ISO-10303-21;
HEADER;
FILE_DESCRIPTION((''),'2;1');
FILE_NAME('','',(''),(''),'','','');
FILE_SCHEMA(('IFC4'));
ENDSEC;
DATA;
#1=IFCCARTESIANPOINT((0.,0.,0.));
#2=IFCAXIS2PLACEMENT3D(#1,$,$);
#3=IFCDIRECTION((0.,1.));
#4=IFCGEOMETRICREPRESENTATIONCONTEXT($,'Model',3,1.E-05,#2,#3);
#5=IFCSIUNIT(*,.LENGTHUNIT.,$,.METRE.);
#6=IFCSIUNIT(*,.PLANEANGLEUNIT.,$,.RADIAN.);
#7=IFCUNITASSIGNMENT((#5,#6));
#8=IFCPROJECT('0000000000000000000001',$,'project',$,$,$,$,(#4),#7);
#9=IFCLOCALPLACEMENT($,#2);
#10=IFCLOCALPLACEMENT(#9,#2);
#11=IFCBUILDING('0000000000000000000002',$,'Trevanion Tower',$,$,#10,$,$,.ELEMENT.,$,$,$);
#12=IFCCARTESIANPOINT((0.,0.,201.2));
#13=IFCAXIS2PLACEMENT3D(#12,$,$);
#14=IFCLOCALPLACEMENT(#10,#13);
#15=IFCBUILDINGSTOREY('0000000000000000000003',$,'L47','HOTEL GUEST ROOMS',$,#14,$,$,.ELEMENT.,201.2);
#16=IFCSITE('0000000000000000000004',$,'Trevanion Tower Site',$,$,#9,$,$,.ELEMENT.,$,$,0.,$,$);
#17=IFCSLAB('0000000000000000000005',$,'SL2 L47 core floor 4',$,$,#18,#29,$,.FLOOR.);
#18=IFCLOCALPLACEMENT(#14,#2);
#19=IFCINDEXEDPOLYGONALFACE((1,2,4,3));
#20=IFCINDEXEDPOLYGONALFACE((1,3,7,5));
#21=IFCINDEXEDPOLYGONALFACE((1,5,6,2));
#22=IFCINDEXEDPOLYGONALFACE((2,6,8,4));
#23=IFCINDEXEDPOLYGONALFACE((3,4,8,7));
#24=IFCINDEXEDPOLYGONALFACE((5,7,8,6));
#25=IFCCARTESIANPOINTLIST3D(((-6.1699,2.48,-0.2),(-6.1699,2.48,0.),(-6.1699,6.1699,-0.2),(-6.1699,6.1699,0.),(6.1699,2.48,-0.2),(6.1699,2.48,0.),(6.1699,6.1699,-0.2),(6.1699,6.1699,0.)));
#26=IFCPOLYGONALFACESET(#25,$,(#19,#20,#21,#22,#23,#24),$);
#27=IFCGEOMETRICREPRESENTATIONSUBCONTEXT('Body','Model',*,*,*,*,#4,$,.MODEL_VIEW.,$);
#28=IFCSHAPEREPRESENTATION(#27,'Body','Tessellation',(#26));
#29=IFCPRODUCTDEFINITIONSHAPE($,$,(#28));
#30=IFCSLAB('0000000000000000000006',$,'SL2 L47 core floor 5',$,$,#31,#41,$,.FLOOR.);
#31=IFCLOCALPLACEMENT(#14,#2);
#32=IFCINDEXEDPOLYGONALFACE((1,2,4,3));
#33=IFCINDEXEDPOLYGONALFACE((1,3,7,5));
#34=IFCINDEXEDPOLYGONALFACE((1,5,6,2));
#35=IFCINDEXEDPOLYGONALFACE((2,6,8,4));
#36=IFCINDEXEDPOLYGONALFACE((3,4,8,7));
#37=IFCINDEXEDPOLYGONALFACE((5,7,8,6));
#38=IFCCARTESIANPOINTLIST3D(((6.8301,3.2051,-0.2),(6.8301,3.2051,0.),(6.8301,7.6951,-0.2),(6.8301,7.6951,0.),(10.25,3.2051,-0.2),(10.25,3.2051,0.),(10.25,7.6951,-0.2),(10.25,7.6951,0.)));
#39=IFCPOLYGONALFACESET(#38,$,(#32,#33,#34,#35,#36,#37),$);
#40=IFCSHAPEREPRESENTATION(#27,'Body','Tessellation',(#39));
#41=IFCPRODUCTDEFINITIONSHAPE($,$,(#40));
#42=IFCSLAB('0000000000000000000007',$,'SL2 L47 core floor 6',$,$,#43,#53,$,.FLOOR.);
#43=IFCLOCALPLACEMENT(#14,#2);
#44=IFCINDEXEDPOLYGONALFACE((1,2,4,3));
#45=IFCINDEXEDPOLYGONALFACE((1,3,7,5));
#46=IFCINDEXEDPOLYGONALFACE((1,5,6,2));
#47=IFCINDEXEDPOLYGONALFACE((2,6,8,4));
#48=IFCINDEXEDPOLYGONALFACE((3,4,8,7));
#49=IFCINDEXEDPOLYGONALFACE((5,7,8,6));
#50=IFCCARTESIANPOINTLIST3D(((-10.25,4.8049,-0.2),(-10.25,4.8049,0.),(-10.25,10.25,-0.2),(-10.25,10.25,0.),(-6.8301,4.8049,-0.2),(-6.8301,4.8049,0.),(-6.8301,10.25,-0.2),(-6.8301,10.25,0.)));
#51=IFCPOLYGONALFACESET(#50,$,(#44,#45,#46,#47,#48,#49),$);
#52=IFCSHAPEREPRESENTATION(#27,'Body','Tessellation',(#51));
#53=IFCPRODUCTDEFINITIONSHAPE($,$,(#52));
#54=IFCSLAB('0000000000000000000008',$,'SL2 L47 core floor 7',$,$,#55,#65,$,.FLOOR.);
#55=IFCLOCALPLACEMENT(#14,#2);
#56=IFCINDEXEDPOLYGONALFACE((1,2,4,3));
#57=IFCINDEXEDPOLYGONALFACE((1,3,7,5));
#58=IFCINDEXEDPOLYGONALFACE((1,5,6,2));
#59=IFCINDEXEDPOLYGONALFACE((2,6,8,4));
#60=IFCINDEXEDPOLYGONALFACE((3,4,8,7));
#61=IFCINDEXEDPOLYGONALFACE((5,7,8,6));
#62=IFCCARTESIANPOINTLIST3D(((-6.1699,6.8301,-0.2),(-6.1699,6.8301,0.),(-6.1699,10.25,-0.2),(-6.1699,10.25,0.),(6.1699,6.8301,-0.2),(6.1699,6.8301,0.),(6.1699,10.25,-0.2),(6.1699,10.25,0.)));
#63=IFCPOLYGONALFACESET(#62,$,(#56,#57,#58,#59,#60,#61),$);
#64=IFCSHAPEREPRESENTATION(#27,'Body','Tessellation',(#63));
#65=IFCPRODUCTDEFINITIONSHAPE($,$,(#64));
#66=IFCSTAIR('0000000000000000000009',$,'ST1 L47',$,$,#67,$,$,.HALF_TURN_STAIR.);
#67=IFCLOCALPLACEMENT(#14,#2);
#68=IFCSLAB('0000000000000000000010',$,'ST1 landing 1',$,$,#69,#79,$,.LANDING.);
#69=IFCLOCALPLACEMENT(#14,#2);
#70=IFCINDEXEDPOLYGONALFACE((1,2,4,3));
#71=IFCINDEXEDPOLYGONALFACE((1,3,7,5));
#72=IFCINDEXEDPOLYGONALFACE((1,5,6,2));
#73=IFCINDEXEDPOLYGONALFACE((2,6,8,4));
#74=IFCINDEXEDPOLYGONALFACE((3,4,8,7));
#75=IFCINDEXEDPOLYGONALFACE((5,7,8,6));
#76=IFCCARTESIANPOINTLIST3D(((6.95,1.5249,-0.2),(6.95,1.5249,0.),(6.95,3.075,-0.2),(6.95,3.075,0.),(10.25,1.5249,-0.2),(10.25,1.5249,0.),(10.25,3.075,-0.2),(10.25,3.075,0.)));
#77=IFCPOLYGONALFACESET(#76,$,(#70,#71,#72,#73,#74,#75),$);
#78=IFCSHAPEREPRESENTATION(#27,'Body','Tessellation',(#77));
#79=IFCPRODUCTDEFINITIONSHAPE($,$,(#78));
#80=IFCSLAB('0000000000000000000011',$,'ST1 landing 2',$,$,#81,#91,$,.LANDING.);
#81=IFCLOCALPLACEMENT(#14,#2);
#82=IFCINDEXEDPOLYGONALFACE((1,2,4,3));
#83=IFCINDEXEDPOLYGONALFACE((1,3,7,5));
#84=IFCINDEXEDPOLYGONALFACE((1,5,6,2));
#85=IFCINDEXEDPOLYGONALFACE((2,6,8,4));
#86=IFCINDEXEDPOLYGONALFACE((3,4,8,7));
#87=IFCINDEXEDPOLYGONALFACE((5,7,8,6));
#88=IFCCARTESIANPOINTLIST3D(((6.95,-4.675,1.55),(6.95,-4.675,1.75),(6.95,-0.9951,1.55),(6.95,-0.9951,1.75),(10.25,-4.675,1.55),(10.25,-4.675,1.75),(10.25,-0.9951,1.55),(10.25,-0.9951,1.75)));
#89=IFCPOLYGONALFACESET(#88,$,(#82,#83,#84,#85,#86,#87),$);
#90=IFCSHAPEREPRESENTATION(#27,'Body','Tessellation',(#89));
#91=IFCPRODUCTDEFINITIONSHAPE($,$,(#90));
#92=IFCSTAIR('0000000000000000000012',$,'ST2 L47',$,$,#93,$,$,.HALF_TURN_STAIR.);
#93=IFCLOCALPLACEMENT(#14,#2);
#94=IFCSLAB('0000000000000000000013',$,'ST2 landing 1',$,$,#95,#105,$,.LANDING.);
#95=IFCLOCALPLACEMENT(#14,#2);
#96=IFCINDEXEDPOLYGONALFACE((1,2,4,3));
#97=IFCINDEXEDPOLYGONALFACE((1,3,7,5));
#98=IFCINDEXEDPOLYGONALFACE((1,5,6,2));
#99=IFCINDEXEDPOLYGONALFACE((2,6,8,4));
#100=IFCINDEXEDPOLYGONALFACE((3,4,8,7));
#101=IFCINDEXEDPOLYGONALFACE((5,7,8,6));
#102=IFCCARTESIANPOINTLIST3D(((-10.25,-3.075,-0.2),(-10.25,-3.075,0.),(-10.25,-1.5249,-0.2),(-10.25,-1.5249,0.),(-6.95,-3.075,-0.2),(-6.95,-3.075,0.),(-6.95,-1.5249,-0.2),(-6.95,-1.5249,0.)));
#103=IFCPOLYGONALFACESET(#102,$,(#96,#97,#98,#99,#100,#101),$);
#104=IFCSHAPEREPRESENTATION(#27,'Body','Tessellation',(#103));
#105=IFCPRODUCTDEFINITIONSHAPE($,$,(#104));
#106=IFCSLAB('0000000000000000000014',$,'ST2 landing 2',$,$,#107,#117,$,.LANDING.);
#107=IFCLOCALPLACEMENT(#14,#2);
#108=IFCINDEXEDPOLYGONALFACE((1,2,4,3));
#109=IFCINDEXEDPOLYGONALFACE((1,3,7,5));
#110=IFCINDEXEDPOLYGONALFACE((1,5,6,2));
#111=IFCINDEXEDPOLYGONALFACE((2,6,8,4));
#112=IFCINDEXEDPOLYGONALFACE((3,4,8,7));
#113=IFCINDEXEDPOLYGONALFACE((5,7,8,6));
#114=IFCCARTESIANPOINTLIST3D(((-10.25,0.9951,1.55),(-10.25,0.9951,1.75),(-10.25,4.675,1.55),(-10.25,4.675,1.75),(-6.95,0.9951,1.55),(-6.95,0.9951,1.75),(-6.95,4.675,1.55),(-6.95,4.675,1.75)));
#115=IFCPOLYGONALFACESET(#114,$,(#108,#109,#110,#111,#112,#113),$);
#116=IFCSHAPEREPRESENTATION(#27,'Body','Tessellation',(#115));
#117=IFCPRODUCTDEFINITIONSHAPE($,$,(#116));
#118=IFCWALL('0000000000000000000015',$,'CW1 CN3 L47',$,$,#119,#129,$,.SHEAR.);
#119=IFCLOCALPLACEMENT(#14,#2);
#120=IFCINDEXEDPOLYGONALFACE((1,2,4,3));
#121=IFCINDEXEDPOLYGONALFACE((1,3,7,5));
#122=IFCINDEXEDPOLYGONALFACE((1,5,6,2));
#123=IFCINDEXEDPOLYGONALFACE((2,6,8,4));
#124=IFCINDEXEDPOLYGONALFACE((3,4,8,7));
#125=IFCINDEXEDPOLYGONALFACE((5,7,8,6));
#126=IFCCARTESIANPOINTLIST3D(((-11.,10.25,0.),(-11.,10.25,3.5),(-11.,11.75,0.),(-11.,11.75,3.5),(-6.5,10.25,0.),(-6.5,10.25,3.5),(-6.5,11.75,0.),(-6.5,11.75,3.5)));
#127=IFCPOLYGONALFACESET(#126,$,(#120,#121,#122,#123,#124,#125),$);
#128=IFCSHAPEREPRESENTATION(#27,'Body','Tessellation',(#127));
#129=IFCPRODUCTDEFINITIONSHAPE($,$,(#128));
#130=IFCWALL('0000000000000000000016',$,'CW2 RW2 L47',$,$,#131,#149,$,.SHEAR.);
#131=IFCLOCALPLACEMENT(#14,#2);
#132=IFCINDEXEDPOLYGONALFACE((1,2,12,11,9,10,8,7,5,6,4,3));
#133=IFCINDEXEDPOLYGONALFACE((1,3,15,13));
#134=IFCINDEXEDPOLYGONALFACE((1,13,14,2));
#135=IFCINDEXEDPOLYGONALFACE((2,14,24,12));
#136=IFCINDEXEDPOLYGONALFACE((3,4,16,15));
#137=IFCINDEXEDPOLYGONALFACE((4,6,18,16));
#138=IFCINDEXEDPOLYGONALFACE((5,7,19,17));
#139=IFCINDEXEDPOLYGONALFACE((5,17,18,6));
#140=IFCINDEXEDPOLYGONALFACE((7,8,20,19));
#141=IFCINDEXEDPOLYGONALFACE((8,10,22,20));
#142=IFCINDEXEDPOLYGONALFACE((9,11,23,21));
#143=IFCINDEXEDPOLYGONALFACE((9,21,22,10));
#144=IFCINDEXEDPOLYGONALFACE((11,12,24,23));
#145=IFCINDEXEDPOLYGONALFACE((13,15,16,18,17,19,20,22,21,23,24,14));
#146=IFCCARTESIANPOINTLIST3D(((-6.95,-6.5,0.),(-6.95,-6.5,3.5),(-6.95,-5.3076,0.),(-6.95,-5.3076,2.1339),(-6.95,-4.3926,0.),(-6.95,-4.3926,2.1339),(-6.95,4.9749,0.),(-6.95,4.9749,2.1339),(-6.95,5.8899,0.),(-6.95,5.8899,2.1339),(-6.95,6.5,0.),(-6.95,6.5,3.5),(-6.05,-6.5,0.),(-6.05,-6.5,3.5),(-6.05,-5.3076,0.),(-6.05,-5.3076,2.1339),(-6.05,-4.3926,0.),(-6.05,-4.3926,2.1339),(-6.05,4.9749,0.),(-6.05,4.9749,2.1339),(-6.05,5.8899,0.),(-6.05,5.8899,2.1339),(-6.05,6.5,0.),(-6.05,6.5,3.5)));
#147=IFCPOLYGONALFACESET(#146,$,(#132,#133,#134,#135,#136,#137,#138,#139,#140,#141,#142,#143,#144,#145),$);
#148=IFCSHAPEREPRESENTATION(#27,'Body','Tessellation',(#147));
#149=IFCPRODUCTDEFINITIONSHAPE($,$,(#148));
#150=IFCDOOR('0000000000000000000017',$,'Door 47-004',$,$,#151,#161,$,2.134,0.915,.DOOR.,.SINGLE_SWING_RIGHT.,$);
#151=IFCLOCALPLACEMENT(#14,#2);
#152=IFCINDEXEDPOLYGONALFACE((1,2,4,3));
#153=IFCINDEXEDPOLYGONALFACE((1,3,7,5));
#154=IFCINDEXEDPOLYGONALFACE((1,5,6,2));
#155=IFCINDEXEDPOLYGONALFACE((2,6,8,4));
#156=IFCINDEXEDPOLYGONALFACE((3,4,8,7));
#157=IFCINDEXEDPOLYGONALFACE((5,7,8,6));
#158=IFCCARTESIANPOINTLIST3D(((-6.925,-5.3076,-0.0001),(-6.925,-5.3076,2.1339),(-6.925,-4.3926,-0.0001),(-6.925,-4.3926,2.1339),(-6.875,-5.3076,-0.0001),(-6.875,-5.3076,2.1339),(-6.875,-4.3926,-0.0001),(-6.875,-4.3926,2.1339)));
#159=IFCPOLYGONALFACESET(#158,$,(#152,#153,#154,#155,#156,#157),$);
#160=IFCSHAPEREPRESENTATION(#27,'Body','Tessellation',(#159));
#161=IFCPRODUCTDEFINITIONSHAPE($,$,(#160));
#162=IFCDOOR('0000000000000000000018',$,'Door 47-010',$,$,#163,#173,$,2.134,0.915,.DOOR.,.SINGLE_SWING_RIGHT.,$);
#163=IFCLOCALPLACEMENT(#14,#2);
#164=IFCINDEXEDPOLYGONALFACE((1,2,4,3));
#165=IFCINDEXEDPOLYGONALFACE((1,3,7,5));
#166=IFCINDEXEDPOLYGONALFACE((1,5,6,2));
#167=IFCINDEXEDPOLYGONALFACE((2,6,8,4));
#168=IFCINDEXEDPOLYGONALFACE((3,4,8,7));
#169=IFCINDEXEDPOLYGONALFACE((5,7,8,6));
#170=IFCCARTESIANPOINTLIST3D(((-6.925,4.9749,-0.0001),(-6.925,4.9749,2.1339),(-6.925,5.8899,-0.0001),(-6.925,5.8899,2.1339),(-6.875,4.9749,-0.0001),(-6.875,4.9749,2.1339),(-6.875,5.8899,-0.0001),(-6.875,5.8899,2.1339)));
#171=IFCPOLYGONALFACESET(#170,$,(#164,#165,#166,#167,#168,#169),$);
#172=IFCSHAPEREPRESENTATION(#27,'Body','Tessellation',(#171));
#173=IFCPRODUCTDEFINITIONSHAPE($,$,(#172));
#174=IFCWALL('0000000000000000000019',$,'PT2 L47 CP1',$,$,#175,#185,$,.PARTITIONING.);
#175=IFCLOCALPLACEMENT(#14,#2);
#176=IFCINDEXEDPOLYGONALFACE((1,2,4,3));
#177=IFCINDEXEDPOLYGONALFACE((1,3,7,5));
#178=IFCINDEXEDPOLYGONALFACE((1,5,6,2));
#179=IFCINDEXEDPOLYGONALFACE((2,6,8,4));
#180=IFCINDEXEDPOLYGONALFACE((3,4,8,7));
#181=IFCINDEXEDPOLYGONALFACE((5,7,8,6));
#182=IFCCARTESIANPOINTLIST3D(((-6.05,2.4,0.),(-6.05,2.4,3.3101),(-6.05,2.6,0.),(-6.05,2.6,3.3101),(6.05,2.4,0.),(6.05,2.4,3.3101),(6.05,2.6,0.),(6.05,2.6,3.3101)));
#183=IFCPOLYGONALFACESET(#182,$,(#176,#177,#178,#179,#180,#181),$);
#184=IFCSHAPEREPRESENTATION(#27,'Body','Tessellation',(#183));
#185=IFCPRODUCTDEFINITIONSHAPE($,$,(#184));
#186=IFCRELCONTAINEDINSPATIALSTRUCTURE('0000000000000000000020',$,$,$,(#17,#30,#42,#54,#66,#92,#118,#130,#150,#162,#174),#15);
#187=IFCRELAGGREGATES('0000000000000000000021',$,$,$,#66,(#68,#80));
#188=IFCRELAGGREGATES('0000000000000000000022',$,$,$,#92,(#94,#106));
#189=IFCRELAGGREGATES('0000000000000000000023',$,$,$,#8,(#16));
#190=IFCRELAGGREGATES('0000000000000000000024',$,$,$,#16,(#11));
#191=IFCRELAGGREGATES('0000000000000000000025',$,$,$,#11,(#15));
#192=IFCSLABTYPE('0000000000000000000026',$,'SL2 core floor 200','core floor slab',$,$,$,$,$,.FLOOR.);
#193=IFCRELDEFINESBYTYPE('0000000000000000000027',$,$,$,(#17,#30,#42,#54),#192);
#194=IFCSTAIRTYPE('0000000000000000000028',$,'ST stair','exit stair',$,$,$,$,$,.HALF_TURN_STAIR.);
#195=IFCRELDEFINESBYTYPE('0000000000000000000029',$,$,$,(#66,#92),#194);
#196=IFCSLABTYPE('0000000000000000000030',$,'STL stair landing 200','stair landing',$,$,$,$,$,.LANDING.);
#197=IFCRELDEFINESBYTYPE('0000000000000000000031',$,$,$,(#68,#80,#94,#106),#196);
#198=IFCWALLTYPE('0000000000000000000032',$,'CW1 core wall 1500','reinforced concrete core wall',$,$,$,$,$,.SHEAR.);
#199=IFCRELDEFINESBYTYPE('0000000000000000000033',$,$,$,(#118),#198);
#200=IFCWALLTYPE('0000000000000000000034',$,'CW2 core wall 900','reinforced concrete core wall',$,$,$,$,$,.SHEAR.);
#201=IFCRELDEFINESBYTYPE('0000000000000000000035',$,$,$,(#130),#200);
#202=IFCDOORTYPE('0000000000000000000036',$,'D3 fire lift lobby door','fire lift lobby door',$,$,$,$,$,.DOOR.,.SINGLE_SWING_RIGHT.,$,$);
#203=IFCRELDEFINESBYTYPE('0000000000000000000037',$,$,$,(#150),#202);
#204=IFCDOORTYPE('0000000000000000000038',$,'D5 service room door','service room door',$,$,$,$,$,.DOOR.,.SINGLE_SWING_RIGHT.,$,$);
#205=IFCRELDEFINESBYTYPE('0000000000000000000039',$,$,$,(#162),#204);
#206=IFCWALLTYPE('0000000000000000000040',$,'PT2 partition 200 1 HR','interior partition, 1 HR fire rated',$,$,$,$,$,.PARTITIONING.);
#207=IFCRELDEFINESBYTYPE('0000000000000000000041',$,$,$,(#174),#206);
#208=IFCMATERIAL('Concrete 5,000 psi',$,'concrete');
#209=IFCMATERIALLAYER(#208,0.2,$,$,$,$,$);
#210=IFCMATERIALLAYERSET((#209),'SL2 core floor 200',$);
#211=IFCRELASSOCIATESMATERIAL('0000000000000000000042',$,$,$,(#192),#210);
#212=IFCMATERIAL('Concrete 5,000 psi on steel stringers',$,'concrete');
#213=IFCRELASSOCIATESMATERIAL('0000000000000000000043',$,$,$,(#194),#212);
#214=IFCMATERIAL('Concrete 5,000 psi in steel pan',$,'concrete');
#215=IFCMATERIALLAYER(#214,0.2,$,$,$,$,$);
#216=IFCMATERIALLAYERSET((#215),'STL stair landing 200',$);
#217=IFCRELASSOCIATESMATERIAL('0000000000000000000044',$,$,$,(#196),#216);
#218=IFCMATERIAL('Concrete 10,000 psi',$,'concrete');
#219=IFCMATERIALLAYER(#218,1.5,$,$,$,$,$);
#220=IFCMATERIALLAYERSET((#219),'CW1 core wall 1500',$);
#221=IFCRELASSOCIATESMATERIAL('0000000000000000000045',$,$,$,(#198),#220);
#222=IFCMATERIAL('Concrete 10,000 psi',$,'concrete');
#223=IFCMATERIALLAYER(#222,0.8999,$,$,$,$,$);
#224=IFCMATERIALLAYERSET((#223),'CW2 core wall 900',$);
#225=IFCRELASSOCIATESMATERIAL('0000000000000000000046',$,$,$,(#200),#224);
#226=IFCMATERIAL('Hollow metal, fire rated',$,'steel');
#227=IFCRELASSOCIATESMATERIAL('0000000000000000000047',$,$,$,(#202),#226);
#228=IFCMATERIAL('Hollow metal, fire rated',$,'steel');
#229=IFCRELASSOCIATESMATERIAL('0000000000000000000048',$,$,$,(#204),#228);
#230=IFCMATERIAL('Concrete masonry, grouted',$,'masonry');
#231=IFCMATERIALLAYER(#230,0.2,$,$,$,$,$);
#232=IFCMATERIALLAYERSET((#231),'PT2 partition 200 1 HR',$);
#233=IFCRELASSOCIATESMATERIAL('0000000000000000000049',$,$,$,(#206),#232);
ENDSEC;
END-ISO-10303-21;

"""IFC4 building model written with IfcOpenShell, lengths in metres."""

from ifc_helpers import new_model, si_unit, direction, frame, frame_2d, origin, place, context, subcontext, project, spatial, polyline, rectangle, outline, extrude, material, layer, layer_set, type_object, element, fill, aggregate, save


model = new_model("IFC4")

# Units and contexts
model_context = context("Model", 3, precision=1e-05, world=origin(), true_north=direction((0.0, 1.0)))
body_context = subcontext(model_context, "Body", "Model", "MODEL_VIEW")
ifc_project = project(units=[si_unit("LENGTHUNIT", "METRE"), si_unit("PLANEANGLEUNIT", "RADIAN")], contexts=[model_context])

# Site, building, storey
site_placement = place(None, origin())
site = spatial("IfcSite", under=ifc_project, at=site_placement, Name="Trevanion Tower Site", CompositionType="ELEMENT", RefElevation=0.0)
building_placement = place(site_placement, origin())
building = spatial("IfcBuilding", under=site, at=building_placement, Name="Trevanion Tower", CompositionType="ELEMENT")
storey_placement = place(building_placement, frame((0.0, 0.0, 201.2)))
storey = spatial("IfcBuildingStorey", under=building, at=storey_placement, Name="L47", Description="HOTEL GUEST ROOMS", CompositionType="ELEMENT", Elevation=201.2)

# Slabs
ifc_material_1 = material(Name="Concrete 5,000 psi", Category="concrete")
ifc_layer_1 = layer(ifc_material_1, 0.2)
ifc_layer_set_1 = layer_set([ifc_layer_1], Name="SL2 core floor 200")
slab_type_1 = type_object("IfcSlabType", Name="SL2 core floor 200", Description="core floor slab", PredefinedType="FLOOR", material=ifc_layer_set_1)
slab_1_placement = place(storey_placement, frame((0.0, 0.0, -0.2)))
element("IfcSlab", 1, at=slab_1_placement, inside=storey, type_object=slab_type_1, Name="SL2 L47 core floor 4", PredefinedType="FLOOR", context=body_context, shape_type="SweptSolid", body=[
    extrude(outline(polyline([(6.1699, 2.48), (-6.1699, 2.48), (-6.1699, 6.1699), (6.1699, 6.1699), (6.1699, 2.48)])), origin(), (0.0, 0.0, 1.0), 0.2),
])
slab_2_placement = place(storey_placement, frame((0.0, 0.0, -0.2)))
element("IfcSlab", 2, at=slab_2_placement, inside=storey, type_object=slab_type_1, Name="SL2 L47 core floor 5", PredefinedType="FLOOR", context=body_context, shape_type="SweptSolid", body=[
    extrude(outline(polyline([(6.8301, 3.2051), (6.8301, 7.6951), (10.25, 7.6951), (10.25, 3.2051), (6.8301, 3.2051)])), origin(), (0.0, 0.0, 1.0), 0.2),
])
slab_3_placement = place(storey_placement, frame((0.0, 0.0, -0.2)))
element("IfcSlab", 3, at=slab_3_placement, inside=storey, type_object=slab_type_1, Name="SL2 L47 core floor 6", PredefinedType="FLOOR", context=body_context, shape_type="SweptSolid", body=[
    extrude(outline(polyline([(-6.8301, 4.8049), (-10.25, 4.8049), (-10.25, 10.25), (-6.8301, 10.25), (-6.8301, 4.8049)])), origin(), (0.0, 0.0, 1.0), 0.2),
])
slab_4_placement = place(storey_placement, frame((0.0, 0.0, -0.2)))
element("IfcSlab", 4, at=slab_4_placement, inside=storey, type_object=slab_type_1, Name="SL2 L47 core floor 7", PredefinedType="FLOOR", context=body_context, shape_type="SweptSolid", body=[
    extrude(outline(polyline([(6.1699, 6.8301), (-6.1699, 6.8301), (-6.1699, 10.25), (6.1699, 10.25), (6.1699, 6.8301)])), origin(), (0.0, 0.0, 1.0), 0.2),
])

# Stairs, slabs
ifc_material_2 = material(Name="Concrete 5,000 psi on steel stringers", Category="concrete")
stair_type = type_object("IfcStairType", Name="ST stair", Description="exit stair", PredefinedType="HALF_TURN_STAIR", material=ifc_material_2)
stair_1_placement = place(storey_placement, origin())
stair_1 = element("IfcStair", 5, at=stair_1_placement, inside=storey, type_object=stair_type, Name="ST1 L47", PredefinedType="HALF_TURN_STAIR")
ifc_material_3 = material(Name="Concrete 5,000 psi in steel pan", Category="concrete")
ifc_layer_2 = layer(ifc_material_3, 0.2)
ifc_layer_set_2 = layer_set([ifc_layer_2], Name="STL stair landing 200")
slab_type_2 = type_object("IfcSlabType", Name="STL stair landing 200", Description="stair landing", PredefinedType="LANDING", material=ifc_layer_set_2)
slab_5_placement = place(storey_placement, frame((0.0, 0.0, -0.2)))
slab_5 = element("IfcSlab", 6, at=slab_5_placement, type_object=slab_type_2, Name="ST1 landing 1", PredefinedType="LANDING", context=body_context, shape_type="SweptSolid", body=[
    extrude(outline(polyline([(6.95, 1.5249), (10.25, 1.5249), (10.25, 3.075), (6.95, 3.075), (6.95, 1.5249)])), origin(), (0.0, 0.0, 1.0), 0.2),
])
slab_6_placement = place(storey_placement, frame((0.0, 0.0, 1.55)))
slab_6 = element("IfcSlab", 7, at=slab_6_placement, type_object=slab_type_2, Name="ST1 landing 2", PredefinedType="LANDING", context=body_context, shape_type="SweptSolid", body=[
    extrude(outline(polyline([(6.95, -4.675), (10.25, -4.675), (10.25, -0.9951), (6.95, -0.9951), (6.95, -4.675)])), origin(), (0.0, 0.0, 1.0), 0.2),
])
aggregate(stair_1, [slab_5, slab_6])
stair_2_placement = place(storey_placement, origin())
stair_2 = element("IfcStair", 8, at=stair_2_placement, inside=storey, type_object=stair_type, Name="ST2 L47", PredefinedType="HALF_TURN_STAIR")
slab_7_placement = place(storey_placement, frame((0.0, 0.0, -0.2)))
slab_7 = element("IfcSlab", 9, at=slab_7_placement, type_object=slab_type_2, Name="ST2 landing 1", PredefinedType="LANDING", context=body_context, shape_type="SweptSolid", body=[
    extrude(outline(polyline([(-6.95, -1.5249), (-10.25, -1.5249), (-10.25, -3.075), (-6.95, -3.075), (-6.95, -1.5249)])), origin(), (0.0, 0.0, 1.0), 0.2),
])
slab_8_placement = place(storey_placement, frame((0.0, 0.0, 1.55)))
slab_8 = element("IfcSlab", 10, at=slab_8_placement, type_object=slab_type_2, Name="ST2 landing 2", PredefinedType="LANDING", context=body_context, shape_type="SweptSolid", body=[
    extrude(outline(polyline([(-6.95, 4.675), (-10.25, 4.675), (-10.25, 0.9951), (-6.95, 0.9951), (-6.95, 4.675)])), origin(), (0.0, 0.0, 1.0), 0.2),
])

# Wall
ifc_material_4 = material(Name="Concrete 10,000 psi", Category="concrete")
ifc_layer_3 = layer(ifc_material_4, 1.5)
ifc_layer_set_3 = layer_set([ifc_layer_3], Name="CW1 core wall 1500")
wall_type_1 = type_object("IfcWallType", Name="CW1 core wall 1500", Description="reinforced concrete core wall", PredefinedType="SHEAR", material=ifc_layer_set_3)
wall_1_placement = place(storey_placement, frame((-6.5, 11.0, 0.0), z_axis=(0.0, 0.0, 1.0), x_axis=(-1.0, 0.0, 0.0)))
element("IfcWall", 11, at=wall_1_placement, inside=storey, type_object=wall_type_1, Name="CW1 CN3 L47", PredefinedType="SHEAR", context=body_context, shape_type="SweptSolid", body=[
    extrude(rectangle(XDim=4.5, YDim=1.5, at=frame_2d((2.25, 0.0))), origin(), (0.0, 0.0, 1.0), 3.5),
])

# Wall, openings, doors
ifc_material_5 = material(Name="Concrete 10,000 psi", Category="concrete")
ifc_layer_4 = layer(ifc_material_5, 0.8999)
ifc_layer_set_4 = layer_set([ifc_layer_4], Name="CW2 core wall 900")
wall_type_2 = type_object("IfcWallType", Name="CW2 core wall 900", Description="reinforced concrete core wall", PredefinedType="SHEAR", material=ifc_layer_set_4)
wall_2_placement = place(storey_placement, frame((-6.5, 6.5, 0.0), z_axis=(0.0, 0.0, 1.0), x_axis=(0.0, -1.0, 0.0)))
wall_2 = element("IfcWall", 12, at=wall_2_placement, inside=storey, type_object=wall_type_2, Name="CW2 RW2 L47", PredefinedType="SHEAR", context=body_context, shape_type="SweptSolid", body=[
    extrude(rectangle(XDim=13.0, YDim=0.8999, at=frame_2d((6.5, 0.0))), origin(), (0.0, 0.0, 1.0), 3.5),
])
opening_1_placement = place(wall_2_placement, frame((10.8926, 0.0, 0.0)))
opening_1 = element("IfcOpeningElement", 13, at=opening_1_placement, cuts=wall_2, PredefinedType="OPENING", context=body_context, shape_type="SweptSolid", body=[
    extrude(rectangle(XDim=0.915, YDim=2.134, at=frame_2d((0.4575, 1.0669))), frame((0.0, 0.46, 0.0), z_axis=(0.0, -1.0, 0.0), x_axis=(1.0, 0.0, 0.0)), (0.0, 0.0, 1.0), 0.9199),
])
opening_2_placement = place(wall_2_placement, frame((0.6101, 0.0, 0.0)))
opening_2 = element("IfcOpeningElement", 14, at=opening_2_placement, cuts=wall_2, PredefinedType="OPENING", context=body_context, shape_type="SweptSolid", body=[
    extrude(rectangle(XDim=0.915, YDim=2.134, at=frame_2d((0.4575, 1.0669))), frame((0.0, 0.46, 0.0), z_axis=(0.0, -1.0, 0.0), x_axis=(1.0, 0.0, 0.0)), (0.0, 0.0, 1.0), 0.9199),
])
ifc_material_6 = material(Name="Hollow metal, fire rated", Category="steel")
door_type_1 = type_object("IfcDoorType", Name="D3 fire lift lobby door", Description="fire lift lobby door", OperationType="SINGLE_SWING_RIGHT", PredefinedType="DOOR", material=ifc_material_6)
door_1_placement = place(opening_1_placement, origin())
door_1 = element("IfcDoor", 15, at=door_1_placement, inside=storey, type_object=door_type_1, Name="Door 47-004", OperationType="SINGLE_SWING_RIGHT", OverallHeight=2.134, OverallWidth=0.915, PredefinedType="DOOR", context=body_context, shape_type="SweptSolid", body=[
    extrude(rectangle(XDim=0.915, YDim=2.134, at=frame_2d((0.4575, 1.0669))), frame((0.0, -0.375, 0.0), z_axis=(0.0, -1.0, 0.0), x_axis=(1.0, 0.0, 0.0)), (0.0, 0.0, 1.0), 0.05),
])
fill(opening_1, door_1)
ifc_material_7 = material(Name="Hollow metal, fire rated", Category="steel")
door_type_2 = type_object("IfcDoorType", Name="D5 service room door", Description="service room door", OperationType="SINGLE_SWING_RIGHT", PredefinedType="DOOR", material=ifc_material_7)
door_2_placement = place(opening_2_placement, origin())
door_2 = element("IfcDoor", 16, at=door_2_placement, inside=storey, type_object=door_type_2, Name="Door 47-010", OperationType="SINGLE_SWING_RIGHT", OverallHeight=2.134, OverallWidth=0.915, PredefinedType="DOOR", context=body_context, shape_type="SweptSolid", body=[
    extrude(rectangle(XDim=0.915, YDim=2.134, at=frame_2d((0.4575, 1.0669))), frame((0.0, -0.375, 0.0), z_axis=(0.0, -1.0, 0.0), x_axis=(1.0, 0.0, 0.0)), (0.0, 0.0, 1.0), 0.05),
])
fill(opening_2, door_2)

# Wall
ifc_material_8 = material(Name="Concrete masonry, grouted", Category="masonry")
ifc_layer_5 = layer(ifc_material_8, 0.2)
ifc_layer_set_5 = layer_set([ifc_layer_5], Name="PT2 partition 200 1 HR")
wall_type_3 = type_object("IfcWallType", Name="PT2 partition 200 1 HR", Description="interior partition, 1 HR fire rated", PredefinedType="PARTITIONING", material=ifc_layer_set_5)
wall_3_placement = place(storey_placement, frame((-6.05, 2.5, 0.0), z_axis=(0.0, 0.0, 1.0), x_axis=(1.0, 0.0, 0.0)))
element("IfcWall", 17, at=wall_3_placement, inside=storey, type_object=wall_type_3, Name="PT2 L47 CP1", PredefinedType="PARTITIONING", context=body_context, shape_type="SweptSolid", body=[
    extrude(rectangle(XDim=12.1001, YDim=0.2, at=frame_2d((6.05, 0.0))), origin(), (0.0, 0.0, 1.0), 3.3101),
])

aggregate(stair_2, [slab_7, slab_8])

save(model, "model.ifc")
